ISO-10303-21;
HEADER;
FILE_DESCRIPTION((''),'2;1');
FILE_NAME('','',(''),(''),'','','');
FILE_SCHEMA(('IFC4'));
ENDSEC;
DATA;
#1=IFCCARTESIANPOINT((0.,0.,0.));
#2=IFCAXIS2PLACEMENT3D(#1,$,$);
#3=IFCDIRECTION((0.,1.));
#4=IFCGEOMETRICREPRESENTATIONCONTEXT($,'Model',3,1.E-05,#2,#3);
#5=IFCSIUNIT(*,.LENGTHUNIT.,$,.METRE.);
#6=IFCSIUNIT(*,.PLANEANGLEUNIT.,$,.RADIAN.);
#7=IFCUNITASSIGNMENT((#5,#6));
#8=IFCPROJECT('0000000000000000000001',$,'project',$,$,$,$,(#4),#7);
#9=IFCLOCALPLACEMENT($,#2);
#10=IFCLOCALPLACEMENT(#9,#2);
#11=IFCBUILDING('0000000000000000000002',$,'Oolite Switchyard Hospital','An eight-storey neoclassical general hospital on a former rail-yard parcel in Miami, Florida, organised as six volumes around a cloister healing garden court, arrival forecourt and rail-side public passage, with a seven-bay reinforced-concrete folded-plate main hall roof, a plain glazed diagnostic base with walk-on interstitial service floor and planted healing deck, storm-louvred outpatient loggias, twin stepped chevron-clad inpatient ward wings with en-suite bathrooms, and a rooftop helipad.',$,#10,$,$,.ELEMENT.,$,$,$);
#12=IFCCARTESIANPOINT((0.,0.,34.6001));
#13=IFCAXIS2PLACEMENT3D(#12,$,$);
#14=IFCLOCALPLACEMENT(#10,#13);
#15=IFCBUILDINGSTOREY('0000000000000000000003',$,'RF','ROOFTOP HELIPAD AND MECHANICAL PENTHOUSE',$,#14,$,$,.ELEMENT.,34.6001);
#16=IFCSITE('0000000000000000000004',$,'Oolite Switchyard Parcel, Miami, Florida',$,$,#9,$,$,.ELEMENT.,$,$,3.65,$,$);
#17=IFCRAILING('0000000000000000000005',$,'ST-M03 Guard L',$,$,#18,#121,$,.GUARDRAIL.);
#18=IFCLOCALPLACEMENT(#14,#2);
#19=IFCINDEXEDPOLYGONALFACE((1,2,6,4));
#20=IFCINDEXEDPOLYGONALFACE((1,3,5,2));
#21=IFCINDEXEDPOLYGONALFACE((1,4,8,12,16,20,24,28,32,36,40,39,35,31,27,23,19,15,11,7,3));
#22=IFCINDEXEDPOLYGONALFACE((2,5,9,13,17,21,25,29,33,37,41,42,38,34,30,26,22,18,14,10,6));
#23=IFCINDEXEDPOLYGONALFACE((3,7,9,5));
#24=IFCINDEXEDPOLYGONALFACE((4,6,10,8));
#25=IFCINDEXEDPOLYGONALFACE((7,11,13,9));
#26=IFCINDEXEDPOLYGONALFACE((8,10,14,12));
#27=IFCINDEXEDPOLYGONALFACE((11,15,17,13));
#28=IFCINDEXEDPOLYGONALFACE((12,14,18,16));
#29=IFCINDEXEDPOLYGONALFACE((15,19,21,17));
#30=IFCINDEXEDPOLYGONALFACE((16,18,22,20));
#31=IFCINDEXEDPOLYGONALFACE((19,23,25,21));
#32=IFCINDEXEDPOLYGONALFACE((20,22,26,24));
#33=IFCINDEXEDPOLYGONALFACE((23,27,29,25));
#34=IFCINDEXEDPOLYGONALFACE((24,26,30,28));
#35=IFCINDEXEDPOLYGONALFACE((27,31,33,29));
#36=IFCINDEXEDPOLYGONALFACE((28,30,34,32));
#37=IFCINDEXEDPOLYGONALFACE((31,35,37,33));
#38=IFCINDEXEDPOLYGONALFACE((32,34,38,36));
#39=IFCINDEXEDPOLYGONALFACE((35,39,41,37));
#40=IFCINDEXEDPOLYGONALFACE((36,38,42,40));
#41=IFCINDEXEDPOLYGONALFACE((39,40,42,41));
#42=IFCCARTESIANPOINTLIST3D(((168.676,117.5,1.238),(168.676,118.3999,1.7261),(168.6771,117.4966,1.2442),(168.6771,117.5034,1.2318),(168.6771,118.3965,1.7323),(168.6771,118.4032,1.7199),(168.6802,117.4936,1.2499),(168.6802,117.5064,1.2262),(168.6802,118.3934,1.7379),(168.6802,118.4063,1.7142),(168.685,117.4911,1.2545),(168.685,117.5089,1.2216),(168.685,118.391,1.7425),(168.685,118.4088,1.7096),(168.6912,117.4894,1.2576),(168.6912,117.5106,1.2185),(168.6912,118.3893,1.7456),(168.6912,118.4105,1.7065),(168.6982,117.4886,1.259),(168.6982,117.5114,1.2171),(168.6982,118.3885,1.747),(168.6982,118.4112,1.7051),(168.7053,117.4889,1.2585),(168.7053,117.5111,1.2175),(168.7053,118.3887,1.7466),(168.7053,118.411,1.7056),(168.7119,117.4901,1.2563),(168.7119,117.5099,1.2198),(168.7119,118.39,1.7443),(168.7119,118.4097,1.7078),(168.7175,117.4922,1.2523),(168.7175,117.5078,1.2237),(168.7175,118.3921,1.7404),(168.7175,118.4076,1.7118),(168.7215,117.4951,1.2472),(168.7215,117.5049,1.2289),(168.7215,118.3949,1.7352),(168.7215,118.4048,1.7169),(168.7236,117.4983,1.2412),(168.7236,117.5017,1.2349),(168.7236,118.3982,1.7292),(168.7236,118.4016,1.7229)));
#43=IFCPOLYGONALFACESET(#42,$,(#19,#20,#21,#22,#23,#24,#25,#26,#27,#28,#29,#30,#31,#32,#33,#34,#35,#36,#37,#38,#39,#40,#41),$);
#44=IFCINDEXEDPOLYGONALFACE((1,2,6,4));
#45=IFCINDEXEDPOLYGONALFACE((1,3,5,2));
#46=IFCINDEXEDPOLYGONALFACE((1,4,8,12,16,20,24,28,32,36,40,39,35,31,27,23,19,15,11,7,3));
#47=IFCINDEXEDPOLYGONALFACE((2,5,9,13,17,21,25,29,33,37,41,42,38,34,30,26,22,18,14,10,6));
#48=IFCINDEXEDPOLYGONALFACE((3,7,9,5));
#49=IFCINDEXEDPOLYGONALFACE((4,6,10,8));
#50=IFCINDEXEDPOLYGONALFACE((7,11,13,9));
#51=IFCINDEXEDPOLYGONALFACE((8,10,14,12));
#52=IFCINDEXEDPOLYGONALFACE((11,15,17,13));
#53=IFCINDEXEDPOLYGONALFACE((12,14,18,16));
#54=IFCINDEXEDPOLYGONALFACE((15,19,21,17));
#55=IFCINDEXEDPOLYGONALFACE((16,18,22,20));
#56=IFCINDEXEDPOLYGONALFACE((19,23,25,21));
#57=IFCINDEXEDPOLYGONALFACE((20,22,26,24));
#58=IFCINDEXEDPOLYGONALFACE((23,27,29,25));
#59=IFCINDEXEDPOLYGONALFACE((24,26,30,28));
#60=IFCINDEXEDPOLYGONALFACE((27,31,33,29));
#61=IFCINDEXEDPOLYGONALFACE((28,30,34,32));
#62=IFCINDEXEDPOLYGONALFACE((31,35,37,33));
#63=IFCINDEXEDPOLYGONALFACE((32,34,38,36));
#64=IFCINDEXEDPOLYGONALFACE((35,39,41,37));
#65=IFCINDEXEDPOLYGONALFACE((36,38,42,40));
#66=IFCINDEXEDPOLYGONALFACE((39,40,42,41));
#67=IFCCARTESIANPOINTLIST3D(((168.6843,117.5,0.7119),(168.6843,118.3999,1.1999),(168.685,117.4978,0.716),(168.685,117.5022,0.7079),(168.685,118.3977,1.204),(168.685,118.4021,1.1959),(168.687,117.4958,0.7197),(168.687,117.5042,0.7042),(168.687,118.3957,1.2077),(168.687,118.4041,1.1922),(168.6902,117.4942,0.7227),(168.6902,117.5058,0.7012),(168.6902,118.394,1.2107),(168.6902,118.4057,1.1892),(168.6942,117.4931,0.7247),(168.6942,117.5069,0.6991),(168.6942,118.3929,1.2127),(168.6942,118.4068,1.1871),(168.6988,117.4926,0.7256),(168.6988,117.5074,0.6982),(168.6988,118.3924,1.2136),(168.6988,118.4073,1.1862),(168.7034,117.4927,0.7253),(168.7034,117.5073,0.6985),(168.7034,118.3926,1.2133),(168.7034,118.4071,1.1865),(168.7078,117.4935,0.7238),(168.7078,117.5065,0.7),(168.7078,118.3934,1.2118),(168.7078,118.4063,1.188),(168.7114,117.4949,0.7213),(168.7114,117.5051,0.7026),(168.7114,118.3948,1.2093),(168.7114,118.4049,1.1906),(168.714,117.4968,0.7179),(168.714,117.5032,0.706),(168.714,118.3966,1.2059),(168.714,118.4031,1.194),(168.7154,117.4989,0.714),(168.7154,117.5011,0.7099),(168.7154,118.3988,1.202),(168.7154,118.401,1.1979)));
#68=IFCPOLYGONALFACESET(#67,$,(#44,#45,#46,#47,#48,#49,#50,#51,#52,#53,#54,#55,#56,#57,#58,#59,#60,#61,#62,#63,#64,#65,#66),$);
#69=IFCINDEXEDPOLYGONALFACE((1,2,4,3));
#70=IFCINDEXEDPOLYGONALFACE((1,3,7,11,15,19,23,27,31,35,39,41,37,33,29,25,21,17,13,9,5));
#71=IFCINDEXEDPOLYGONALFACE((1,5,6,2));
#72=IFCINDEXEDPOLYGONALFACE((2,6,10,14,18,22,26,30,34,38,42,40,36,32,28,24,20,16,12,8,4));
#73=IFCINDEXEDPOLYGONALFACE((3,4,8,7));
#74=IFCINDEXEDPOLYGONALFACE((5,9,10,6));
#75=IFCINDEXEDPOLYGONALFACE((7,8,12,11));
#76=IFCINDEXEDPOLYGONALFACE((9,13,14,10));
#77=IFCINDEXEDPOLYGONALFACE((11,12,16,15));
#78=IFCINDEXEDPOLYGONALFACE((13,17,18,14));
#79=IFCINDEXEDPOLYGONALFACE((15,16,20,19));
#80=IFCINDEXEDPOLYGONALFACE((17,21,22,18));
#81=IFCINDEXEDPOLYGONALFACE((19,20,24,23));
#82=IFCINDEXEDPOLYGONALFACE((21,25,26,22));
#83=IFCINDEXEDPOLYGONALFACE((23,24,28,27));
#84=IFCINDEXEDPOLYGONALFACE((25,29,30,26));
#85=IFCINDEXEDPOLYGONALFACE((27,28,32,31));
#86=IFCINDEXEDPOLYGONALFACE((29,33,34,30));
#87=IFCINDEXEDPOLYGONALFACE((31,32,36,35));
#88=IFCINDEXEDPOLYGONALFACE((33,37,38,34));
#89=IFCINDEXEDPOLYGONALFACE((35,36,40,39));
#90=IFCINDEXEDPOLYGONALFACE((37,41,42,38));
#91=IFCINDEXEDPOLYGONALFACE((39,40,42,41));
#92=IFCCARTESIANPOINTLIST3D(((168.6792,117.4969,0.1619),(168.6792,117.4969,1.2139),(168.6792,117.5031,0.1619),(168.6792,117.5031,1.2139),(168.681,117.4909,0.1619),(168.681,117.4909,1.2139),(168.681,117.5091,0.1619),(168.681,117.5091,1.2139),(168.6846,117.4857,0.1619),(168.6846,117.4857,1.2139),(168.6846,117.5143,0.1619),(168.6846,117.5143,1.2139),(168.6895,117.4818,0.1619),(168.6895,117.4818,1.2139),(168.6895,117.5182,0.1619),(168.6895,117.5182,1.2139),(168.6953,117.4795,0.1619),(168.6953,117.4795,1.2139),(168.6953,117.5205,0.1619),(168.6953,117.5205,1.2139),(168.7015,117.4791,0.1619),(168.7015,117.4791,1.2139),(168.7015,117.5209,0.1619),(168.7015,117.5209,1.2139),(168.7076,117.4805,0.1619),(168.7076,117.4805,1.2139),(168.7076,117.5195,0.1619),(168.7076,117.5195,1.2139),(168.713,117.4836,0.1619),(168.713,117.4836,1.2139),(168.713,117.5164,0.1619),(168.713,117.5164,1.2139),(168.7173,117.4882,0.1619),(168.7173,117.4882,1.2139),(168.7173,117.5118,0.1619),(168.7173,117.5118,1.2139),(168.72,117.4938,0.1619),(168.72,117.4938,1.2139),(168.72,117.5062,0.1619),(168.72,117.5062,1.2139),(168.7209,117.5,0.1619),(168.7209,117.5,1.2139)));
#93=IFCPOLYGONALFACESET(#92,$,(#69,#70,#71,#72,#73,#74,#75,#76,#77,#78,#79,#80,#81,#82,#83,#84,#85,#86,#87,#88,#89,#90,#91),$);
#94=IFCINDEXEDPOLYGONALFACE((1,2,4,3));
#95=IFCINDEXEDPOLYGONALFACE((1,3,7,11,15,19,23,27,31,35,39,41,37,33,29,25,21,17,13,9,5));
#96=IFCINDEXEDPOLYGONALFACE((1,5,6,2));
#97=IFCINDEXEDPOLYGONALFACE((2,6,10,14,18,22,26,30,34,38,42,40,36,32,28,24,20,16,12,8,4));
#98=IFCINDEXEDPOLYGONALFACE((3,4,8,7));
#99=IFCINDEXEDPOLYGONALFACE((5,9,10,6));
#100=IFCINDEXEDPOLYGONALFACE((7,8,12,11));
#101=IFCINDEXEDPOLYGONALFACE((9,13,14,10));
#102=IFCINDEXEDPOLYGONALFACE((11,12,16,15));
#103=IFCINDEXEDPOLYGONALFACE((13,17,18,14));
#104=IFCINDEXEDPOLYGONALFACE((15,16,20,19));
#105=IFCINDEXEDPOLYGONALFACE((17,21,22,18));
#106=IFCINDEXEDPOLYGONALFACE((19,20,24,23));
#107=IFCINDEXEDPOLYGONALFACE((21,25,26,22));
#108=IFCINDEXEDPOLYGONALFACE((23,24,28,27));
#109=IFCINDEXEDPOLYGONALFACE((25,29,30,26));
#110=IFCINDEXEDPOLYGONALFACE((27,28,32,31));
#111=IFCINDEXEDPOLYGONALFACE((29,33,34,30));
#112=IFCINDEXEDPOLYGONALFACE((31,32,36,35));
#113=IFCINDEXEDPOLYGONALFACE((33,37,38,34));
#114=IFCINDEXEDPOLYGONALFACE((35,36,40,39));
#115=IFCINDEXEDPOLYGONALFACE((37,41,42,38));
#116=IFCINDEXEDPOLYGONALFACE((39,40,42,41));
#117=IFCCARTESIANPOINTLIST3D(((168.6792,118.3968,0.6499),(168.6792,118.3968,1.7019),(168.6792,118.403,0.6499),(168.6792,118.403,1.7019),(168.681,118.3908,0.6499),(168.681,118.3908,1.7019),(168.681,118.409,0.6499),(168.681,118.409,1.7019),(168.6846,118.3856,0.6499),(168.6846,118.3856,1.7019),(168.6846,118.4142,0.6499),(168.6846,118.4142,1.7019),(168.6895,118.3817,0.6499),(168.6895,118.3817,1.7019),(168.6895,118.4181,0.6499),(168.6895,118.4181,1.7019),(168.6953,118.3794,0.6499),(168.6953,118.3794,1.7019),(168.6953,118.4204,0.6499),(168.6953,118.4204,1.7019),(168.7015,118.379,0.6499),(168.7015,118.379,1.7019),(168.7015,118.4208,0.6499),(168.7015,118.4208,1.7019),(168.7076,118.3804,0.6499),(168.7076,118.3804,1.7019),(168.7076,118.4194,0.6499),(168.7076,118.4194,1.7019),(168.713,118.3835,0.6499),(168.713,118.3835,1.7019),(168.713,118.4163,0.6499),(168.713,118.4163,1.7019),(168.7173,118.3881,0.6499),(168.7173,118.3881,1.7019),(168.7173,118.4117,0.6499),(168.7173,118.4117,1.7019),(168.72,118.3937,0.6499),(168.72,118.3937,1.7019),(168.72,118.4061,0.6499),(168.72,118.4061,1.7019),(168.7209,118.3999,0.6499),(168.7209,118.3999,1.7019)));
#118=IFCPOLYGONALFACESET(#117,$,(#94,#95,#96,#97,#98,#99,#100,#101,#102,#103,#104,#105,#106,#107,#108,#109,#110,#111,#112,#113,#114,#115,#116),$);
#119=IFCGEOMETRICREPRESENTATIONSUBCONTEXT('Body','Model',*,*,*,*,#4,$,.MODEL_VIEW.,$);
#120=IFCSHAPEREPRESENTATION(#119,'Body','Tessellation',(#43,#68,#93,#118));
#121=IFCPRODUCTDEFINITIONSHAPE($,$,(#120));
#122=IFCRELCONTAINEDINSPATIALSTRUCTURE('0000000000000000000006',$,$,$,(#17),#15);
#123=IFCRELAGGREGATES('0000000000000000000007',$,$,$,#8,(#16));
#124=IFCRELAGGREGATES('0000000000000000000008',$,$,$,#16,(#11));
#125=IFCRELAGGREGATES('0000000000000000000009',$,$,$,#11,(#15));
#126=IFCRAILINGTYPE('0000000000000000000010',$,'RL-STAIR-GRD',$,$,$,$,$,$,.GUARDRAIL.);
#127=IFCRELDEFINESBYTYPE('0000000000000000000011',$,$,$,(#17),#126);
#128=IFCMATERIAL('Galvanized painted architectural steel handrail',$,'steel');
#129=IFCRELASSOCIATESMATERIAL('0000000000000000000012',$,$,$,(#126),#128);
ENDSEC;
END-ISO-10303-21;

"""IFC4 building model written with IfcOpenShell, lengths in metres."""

from ifc_helpers import new_model, si_unit, direction, frame, origin, origin_2d, place, context, subcontext, project, spatial, circle, extrude, material, type_object, element, save


model = new_model("IFC4")

# Units and contexts
model_context = context("Model", 3, precision=1e-05, world=origin(), true_north=direction((0.0, 1.0)))
body_context = subcontext(model_context, "Body", "Model", "MODEL_VIEW")
ifc_project = project(units=[si_unit("LENGTHUNIT", "METRE"), si_unit("PLANEANGLEUNIT", "RADIAN")], contexts=[model_context])

# Site, building, storey
site_placement = place(None, origin())
site = spatial("IfcSite", under=ifc_project, at=site_placement, Name="Oolite Switchyard Parcel, Miami, Florida", CompositionType="ELEMENT", RefElevation=3.65)
building_placement = place(site_placement, origin())
building = spatial("IfcBuilding", under=site, at=building_placement, Name="Oolite Switchyard Hospital", Description="An eight-storey neoclassical general hospital on a former rail-yard parcel in Miami, Florida, organised as six volumes around a cloister healing garden court, arrival forecourt and rail-side public passage, with a seven-bay reinforced-concrete folded-plate main hall roof, a plain glazed diagnostic base with walk-on interstitial service floor and planted healing deck, storm-louvred outpatient loggias, twin stepped chevron-clad inpatient ward wings with en-suite bathrooms, and a rooftop helipad.", CompositionType="ELEMENT")
storey_placement = place(building_placement, frame((0.0, 0.0, 34.6001)))
storey = spatial("IfcBuildingStorey", under=building, at=storey_placement, Name="RF", Description="ROOFTOP HELIPAD AND MECHANICAL PENTHOUSE", CompositionType="ELEMENT", Elevation=34.6001)

# Railing
ifc_material_1 = material(Name="Galvanized painted architectural steel handrail", Category="steel")
railing_type_1 = type_object("IfcRailingType", Name="RL-STAIR-GRD", PredefinedType="GUARDRAIL", material=ifc_material_1)
for number, where, name in (
    (1, (168.7, 117.5, 0.1619), "ST-M03 Guard L"),
):
    element("IfcRailing", number, at=place(storey_placement, frame(where)), inside=storey, type_object=railing_type_1, Name=name, PredefinedType="GUARDRAIL", context=body_context, shape_type="SweptSolid", body=[
        extrude(circle(Radius=0.0239, at=origin_2d()), frame((0.0, 0.0, 1.0762), z_axis=(0.0, 0.87905, 0.476729), x_axis=(-1.0, 0.0, 0.0)), (0.0, 0.0, 1.0), 1.0237),
        extrude(circle(Radius=0.0156, at=origin_2d()), frame((0.0, 0.0, 0.55), z_axis=(0.0, 0.87905, 0.476729), x_axis=(-1.0, 0.0, 0.0)), (0.0, 0.0, 1.0), 1.0237),
        extrude(circle(Radius=0.021, at=origin_2d()), origin(), (0.0, 0.0, 1.0), 1.052),
        extrude(circle(Radius=0.021, at=origin_2d()), frame((0.0, 0.8999, 0.488)), (0.0, 0.0, 1.0), 1.052),
    ])

save(model, "model.ifc")
